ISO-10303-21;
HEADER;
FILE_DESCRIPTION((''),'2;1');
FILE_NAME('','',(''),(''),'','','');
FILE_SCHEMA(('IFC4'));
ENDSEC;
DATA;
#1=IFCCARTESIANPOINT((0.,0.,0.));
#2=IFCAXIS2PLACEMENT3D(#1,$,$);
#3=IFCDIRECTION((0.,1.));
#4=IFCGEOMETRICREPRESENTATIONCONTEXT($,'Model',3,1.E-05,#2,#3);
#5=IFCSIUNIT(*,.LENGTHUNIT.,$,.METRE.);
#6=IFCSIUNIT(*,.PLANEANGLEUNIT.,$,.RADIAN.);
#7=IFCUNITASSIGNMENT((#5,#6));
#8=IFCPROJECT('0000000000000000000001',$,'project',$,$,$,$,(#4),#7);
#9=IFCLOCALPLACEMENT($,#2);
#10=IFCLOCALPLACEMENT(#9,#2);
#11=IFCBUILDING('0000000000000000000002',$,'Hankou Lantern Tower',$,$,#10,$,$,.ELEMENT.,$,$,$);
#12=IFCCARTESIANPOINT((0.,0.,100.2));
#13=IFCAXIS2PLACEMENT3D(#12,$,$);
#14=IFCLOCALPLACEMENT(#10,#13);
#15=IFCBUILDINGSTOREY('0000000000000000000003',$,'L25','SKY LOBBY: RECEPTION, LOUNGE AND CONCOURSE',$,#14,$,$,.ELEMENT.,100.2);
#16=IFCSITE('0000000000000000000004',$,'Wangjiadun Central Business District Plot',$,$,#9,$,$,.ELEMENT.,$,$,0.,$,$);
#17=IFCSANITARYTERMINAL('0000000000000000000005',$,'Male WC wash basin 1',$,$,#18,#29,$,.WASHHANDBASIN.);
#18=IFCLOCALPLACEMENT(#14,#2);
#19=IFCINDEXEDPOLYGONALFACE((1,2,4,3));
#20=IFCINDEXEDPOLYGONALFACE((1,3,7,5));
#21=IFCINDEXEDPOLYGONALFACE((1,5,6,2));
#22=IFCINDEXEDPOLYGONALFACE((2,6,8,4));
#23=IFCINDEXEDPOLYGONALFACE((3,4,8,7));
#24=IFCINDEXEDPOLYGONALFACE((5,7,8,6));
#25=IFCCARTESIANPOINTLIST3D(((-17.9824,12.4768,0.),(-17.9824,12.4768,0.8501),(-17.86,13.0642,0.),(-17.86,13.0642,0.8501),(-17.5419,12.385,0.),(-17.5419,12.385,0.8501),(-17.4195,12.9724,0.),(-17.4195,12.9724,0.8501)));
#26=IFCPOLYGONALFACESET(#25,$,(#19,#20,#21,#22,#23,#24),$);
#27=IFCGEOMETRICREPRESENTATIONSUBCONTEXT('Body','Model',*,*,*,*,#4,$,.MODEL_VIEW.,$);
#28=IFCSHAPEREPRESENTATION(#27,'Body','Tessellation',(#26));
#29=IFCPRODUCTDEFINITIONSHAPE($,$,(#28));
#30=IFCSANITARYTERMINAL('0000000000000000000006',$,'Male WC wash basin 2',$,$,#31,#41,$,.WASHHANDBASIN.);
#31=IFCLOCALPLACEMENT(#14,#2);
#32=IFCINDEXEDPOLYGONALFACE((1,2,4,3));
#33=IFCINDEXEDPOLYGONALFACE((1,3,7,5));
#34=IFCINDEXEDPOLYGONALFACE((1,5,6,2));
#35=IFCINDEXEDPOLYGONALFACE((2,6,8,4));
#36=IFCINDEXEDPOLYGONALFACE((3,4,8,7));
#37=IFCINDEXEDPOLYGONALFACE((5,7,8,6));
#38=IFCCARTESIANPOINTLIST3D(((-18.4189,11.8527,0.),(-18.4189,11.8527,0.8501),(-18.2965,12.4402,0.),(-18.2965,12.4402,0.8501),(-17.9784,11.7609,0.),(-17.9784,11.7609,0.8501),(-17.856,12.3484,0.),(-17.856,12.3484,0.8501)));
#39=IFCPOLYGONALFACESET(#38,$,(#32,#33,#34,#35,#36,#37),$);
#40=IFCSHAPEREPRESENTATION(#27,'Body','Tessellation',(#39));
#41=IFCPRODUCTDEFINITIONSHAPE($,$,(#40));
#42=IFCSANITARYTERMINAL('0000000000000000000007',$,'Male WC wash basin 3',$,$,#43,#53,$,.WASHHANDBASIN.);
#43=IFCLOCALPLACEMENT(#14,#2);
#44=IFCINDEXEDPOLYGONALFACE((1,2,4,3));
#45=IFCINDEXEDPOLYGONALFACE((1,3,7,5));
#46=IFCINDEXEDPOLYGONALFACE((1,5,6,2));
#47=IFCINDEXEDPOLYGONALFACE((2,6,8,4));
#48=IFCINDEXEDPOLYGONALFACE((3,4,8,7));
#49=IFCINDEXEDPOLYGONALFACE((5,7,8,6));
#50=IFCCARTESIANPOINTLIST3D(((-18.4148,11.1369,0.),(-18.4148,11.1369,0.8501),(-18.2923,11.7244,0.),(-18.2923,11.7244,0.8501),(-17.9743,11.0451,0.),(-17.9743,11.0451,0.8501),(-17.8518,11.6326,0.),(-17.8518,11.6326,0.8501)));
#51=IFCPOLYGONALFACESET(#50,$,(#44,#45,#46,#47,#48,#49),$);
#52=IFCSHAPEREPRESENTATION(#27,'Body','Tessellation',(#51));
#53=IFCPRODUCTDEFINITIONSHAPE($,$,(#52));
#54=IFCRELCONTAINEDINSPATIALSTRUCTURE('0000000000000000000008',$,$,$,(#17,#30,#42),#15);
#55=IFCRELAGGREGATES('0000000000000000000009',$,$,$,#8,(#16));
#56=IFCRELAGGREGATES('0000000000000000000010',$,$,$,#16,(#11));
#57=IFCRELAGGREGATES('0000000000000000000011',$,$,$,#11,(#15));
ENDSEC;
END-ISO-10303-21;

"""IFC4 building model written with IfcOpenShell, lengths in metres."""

from ifc_helpers import new_model, si_unit, direction, frame, origin, origin_2d, place, context, subcontext, project, spatial, rectangle, extrude, element, save


model = new_model("IFC4")

# Units and contexts
model_context = context("Model", 3, precision=1e-05, world=origin(), true_north=direction((0.0, 1.0)))
body_context = subcontext(model_context, "Body", "Model", "MODEL_VIEW")
ifc_project = project(units=[si_unit("LENGTHUNIT", "METRE"), si_unit("PLANEANGLEUNIT", "RADIAN")], contexts=[model_context])

# Site, building, storey
site_placement = place(None, origin())
site = spatial("IfcSite", under=ifc_project, at=site_placement, Name="Wangjiadun Central Business District Plot", CompositionType="ELEMENT", RefElevation=0.0)
building_placement = place(site_placement, origin())
building = spatial("IfcBuilding", under=site, at=building_placement, Name="Hankou Lantern Tower", CompositionType="ELEMENT")
storey_placement = place(building_placement, frame((0.0, 0.0, 100.2)))
storey = spatial("IfcBuildingStorey", under=building, at=storey_placement, Name="L25", Description="SKY LOBBY: RECEPTION, LOUNGE AND CONCOURSE", CompositionType="ELEMENT", Elevation=100.2)

# Sanitary terminals
for number, where, z_axis, x_axis, name in (
    (1, (-17.7009, 12.7246, 0.0), (0.0, 0.0, 1.0), (-0.204023, -0.978966, 0.0), "Male WC wash basin 1"),
    (2, (-18.1375, 12.1006, 0.0), (0.0, 0.0, 1.0), (-0.204023, -0.978966, 0.0), "Male WC wash basin 2"),
    (3, (-18.1333, 11.3848, 0.0), (0.0, 0.0, 1.0), (-0.204023, -0.978966, 0.0), "Male WC wash basin 3"),
):
    element("IfcSanitaryTerminal", number, at=place(storey_placement, frame(where, z_axis=z_axis, x_axis=x_axis)), inside=storey, Name=name, PredefinedType="WASHHANDBASIN", context=body_context, shape_type="SweptSolid", body=[
        extrude(rectangle(XDim=0.6001, YDim=0.45, at=origin_2d()), origin(), (0.0, 0.0, 1.0), 0.8501),
    ])

save(model, "model.ifc")
